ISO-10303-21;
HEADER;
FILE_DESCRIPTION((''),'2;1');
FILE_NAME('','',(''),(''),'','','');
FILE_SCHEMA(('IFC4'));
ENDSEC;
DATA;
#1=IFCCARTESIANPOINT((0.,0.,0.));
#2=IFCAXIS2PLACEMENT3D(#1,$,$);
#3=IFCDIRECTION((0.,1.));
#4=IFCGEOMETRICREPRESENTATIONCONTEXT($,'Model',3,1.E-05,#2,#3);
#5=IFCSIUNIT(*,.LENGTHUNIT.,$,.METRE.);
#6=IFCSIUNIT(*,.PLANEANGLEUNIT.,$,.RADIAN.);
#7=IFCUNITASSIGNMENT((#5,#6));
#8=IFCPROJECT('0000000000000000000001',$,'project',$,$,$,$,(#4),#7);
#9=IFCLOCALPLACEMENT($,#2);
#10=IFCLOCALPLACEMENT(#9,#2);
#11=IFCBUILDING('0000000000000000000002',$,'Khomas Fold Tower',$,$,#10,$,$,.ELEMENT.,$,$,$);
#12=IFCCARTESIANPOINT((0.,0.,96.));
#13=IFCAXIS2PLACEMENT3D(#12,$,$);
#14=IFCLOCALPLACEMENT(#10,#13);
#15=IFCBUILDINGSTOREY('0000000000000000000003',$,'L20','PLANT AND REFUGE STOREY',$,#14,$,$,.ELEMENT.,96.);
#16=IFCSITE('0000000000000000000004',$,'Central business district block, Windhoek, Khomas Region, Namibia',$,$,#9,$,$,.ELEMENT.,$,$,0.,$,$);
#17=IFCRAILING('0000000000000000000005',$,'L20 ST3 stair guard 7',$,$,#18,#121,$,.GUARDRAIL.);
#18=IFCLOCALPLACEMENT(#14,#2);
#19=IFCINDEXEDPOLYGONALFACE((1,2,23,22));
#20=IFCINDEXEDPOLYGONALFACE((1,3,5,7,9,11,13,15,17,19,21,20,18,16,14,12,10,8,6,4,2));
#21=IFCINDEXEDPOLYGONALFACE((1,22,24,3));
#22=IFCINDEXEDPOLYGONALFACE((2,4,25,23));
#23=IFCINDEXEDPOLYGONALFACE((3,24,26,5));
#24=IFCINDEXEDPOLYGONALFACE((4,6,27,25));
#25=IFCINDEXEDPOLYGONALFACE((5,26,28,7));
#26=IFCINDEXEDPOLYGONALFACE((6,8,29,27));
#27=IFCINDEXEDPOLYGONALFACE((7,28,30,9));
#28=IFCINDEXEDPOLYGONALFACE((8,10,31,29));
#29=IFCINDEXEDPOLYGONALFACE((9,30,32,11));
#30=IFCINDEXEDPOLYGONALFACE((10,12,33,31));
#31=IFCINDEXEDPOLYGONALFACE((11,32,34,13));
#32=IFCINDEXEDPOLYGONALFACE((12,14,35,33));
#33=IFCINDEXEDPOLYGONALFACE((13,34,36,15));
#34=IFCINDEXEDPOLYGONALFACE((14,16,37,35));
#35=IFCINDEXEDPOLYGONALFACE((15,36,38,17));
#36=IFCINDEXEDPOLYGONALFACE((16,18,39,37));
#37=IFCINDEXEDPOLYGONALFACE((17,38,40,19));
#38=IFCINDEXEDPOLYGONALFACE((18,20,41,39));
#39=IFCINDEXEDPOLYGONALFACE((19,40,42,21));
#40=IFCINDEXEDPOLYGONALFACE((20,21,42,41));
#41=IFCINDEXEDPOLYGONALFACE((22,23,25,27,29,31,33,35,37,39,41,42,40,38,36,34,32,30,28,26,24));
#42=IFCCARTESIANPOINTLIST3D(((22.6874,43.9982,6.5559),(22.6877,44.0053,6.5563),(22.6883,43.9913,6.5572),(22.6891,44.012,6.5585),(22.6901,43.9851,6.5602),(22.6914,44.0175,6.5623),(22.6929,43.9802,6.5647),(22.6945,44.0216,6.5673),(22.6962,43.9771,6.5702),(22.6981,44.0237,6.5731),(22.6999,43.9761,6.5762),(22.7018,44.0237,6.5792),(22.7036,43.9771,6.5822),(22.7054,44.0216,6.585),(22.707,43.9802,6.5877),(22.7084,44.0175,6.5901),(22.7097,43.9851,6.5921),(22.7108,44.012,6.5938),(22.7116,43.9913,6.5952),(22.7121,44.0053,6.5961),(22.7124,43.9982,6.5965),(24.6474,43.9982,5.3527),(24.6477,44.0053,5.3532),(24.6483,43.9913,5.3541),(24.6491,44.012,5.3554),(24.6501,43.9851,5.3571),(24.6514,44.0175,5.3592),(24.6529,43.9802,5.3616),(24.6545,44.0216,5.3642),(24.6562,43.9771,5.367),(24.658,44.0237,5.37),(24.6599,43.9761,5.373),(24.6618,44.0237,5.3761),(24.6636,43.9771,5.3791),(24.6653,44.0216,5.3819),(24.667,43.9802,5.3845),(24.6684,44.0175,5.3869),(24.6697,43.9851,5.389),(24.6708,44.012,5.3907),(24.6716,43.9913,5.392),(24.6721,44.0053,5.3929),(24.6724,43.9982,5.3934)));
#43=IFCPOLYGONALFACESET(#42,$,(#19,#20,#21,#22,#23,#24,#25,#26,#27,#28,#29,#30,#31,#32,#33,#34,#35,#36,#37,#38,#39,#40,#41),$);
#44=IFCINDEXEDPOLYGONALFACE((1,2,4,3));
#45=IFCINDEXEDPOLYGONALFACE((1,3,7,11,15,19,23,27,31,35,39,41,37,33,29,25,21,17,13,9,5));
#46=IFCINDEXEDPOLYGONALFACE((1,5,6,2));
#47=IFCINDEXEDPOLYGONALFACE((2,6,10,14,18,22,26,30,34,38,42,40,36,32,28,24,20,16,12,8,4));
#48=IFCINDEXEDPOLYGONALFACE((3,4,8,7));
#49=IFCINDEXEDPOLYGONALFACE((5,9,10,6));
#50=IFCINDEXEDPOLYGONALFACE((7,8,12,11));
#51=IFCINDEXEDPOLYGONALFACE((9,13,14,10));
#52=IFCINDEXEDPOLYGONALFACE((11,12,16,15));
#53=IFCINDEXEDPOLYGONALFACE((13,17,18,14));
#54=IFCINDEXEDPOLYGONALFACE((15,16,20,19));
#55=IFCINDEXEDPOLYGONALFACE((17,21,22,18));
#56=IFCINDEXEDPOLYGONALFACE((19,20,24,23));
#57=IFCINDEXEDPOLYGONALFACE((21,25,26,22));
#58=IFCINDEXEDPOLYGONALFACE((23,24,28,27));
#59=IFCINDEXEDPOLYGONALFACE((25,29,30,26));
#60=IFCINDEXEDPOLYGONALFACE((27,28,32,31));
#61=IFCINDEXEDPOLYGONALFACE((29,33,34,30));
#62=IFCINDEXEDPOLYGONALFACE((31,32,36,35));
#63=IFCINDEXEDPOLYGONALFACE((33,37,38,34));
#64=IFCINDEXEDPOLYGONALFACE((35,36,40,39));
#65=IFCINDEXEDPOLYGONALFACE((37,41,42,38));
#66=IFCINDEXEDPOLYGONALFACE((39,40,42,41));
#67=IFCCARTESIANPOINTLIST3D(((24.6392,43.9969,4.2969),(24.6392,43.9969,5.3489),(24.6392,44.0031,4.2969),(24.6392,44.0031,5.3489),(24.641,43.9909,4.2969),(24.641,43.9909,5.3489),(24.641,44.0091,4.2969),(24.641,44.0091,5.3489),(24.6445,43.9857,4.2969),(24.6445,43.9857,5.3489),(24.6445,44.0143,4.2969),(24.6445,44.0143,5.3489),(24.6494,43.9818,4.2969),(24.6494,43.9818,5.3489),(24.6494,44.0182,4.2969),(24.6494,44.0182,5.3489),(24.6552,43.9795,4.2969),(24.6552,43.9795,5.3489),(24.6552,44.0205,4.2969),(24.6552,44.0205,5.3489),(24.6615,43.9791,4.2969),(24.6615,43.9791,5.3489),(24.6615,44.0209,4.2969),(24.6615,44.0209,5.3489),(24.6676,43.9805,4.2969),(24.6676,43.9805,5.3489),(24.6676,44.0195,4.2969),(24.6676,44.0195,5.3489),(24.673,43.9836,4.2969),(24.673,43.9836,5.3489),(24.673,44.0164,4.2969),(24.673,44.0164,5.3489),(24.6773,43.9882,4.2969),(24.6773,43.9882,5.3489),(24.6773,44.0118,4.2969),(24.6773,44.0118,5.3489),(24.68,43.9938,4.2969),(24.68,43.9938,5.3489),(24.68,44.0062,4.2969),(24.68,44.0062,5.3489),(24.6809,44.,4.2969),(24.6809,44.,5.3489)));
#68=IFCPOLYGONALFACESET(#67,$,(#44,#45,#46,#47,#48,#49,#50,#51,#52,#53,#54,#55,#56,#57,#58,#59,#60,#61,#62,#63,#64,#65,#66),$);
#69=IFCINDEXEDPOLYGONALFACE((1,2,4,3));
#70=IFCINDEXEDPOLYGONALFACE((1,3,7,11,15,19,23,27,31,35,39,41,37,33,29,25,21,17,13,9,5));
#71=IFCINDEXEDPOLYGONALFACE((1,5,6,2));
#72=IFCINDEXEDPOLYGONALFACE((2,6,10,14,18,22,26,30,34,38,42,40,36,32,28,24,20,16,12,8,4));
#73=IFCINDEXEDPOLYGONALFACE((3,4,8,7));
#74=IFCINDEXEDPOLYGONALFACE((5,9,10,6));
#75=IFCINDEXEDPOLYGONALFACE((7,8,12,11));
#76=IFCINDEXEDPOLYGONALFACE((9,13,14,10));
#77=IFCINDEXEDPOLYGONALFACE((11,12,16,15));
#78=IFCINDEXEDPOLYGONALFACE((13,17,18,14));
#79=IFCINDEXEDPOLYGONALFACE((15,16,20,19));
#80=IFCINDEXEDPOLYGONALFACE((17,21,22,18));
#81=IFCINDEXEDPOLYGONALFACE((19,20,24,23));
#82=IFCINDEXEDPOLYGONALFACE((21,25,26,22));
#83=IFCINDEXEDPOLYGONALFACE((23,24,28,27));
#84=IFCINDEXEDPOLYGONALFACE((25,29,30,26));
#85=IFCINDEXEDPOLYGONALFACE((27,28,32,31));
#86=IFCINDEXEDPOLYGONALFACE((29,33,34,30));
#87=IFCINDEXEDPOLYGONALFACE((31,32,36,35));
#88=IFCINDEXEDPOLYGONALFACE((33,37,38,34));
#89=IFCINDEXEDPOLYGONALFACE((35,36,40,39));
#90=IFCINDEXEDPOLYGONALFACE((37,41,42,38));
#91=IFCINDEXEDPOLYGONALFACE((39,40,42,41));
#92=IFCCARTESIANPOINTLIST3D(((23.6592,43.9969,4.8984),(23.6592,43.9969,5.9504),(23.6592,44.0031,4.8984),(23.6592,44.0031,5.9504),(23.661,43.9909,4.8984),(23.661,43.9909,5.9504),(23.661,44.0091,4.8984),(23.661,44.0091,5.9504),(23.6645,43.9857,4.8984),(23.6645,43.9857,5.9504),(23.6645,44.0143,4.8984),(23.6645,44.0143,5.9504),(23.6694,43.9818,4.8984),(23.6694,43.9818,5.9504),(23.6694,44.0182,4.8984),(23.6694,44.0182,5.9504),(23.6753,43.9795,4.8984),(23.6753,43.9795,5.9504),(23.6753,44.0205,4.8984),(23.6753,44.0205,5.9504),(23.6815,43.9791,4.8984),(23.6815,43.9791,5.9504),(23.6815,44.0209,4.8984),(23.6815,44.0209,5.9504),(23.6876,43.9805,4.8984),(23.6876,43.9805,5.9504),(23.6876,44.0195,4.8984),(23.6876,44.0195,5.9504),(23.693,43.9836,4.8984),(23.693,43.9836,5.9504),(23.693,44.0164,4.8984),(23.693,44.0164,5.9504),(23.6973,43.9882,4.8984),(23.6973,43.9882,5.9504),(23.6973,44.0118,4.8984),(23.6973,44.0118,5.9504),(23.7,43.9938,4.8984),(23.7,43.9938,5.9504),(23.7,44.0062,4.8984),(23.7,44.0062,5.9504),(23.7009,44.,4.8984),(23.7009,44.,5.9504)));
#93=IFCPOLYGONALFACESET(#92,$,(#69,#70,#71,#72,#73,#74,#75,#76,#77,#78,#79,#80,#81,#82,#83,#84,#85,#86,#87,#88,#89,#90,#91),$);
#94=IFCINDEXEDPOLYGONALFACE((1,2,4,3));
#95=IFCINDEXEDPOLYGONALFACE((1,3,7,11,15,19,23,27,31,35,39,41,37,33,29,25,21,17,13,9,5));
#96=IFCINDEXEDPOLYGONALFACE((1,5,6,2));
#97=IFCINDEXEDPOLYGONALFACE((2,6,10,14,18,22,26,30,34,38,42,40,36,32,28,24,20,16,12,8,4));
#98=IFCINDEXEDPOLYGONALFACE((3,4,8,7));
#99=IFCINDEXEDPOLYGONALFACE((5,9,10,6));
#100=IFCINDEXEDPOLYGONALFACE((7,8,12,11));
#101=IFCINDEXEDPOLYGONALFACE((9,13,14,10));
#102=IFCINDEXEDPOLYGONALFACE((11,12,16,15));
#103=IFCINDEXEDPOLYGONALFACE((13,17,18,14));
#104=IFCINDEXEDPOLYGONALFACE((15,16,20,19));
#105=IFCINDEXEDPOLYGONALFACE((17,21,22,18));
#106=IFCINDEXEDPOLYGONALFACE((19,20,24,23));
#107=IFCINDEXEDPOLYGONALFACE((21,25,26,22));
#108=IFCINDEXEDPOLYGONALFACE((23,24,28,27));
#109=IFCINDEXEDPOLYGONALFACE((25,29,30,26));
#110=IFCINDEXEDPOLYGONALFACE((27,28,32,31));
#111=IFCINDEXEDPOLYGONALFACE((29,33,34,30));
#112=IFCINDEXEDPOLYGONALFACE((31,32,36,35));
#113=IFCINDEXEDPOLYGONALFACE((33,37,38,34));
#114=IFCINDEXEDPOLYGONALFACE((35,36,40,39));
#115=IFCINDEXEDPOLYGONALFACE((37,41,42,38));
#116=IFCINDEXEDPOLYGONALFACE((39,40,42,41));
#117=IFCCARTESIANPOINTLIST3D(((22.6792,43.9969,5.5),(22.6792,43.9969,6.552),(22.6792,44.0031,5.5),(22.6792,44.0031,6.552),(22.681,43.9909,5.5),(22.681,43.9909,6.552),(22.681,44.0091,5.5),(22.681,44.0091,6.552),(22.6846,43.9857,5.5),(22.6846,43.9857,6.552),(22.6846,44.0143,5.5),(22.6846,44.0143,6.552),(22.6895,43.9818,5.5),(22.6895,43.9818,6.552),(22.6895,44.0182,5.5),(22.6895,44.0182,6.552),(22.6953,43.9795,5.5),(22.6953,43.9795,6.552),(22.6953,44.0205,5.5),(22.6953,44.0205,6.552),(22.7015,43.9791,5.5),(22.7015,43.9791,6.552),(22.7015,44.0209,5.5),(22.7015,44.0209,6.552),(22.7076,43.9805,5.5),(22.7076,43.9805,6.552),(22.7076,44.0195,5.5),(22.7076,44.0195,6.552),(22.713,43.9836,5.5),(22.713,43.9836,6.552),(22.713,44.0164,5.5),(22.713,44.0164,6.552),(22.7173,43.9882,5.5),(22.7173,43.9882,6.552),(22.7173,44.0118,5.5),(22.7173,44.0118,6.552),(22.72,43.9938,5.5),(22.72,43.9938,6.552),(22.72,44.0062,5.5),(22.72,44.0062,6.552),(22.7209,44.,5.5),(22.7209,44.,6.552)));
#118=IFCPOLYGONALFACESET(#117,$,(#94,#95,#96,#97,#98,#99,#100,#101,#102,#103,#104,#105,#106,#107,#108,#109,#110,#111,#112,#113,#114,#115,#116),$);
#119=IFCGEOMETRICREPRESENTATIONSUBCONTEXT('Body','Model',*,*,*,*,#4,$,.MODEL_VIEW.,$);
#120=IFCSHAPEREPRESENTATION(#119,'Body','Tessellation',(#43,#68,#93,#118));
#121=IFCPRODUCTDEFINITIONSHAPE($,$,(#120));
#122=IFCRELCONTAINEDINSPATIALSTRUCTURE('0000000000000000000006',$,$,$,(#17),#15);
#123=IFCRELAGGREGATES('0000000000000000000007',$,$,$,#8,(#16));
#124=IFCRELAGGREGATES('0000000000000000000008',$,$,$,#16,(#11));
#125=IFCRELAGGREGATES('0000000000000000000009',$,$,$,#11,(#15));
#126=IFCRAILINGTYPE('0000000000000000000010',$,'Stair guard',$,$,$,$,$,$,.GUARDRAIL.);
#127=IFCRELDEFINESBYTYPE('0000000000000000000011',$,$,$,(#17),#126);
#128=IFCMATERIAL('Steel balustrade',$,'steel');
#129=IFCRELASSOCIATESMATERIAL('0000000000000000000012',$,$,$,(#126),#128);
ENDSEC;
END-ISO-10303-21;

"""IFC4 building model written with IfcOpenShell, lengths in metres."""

from ifc_helpers import new_model, si_unit, direction, frame, origin, origin_2d, place, context, subcontext, project, spatial, circle, extrude, source, transform, mapped, material, type_object, element, save


model = new_model("IFC4")

# Units and contexts
model_context = context("Model", 3, precision=1e-05, world=origin(), true_north=direction((0.0, 1.0)))
body_context = subcontext(model_context, "Body", "Model", "MODEL_VIEW")
ifc_project = project(units=[si_unit("LENGTHUNIT", "METRE"), si_unit("PLANEANGLEUNIT", "RADIAN")], contexts=[model_context])

# Site, building, storey
site_placement = place(None, origin())
site = spatial("IfcSite", under=ifc_project, at=site_placement, Name="Central business district block, Windhoek, Khomas Region, Namibia", CompositionType="ELEMENT", RefElevation=0.0)
building_placement = place(site_placement, origin())
building = spatial("IfcBuilding", under=site, at=building_placement, Name="Khomas Fold Tower", CompositionType="ELEMENT")
storey_placement = place(building_placement, frame((0.0, 0.0, 96.0)))
storey = spatial("IfcBuildingStorey", under=building, at=storey_placement, Name="L20", Description="PLANT AND REFUGE STOREY", CompositionType="ELEMENT", Elevation=96.0)

# Railing
ifc_material_1 = material(Name="Steel balustrade", Category="steel")
railing_type_1 = type_object("IfcRailingType", Name="Stair guard", PredefinedType="GUARDRAIL", material=ifc_material_1)
shared_shape_1 = source(origin(), body_context, "Body", "SweptSolid", [
    extrude(circle(Radius=0.0239, at=origin_2d()), frame((0.0, 0.0, 1.0762), z_axis=(-0.852241, 0.0, 0.523149), x_axis=(0.0, -1.0, 0.0)), (0.0, 0.0, 1.0), 2.2998),
    extrude(circle(Radius=0.021, at=origin_2d()), origin(), (0.0, 0.0, 1.0), 1.052),
    extrude(circle(Radius=0.021, at=origin_2d()), frame((-0.98, 0.0, 0.6016)), (0.0, 0.0, 1.0), 1.052),
    extrude(circle(Radius=0.021, at=origin_2d()), frame((-1.96, 0.0, 1.2031)), (0.0, 0.0, 1.0), 1.052),
])
for number, where, name in (
    (1, (24.6599, 44.0, 4.2969), "L20 ST3 stair guard 7"),
):
    element("IfcRailing", number, at=place(storey_placement, frame(where)), inside=storey, type_object=railing_type_1, Name=name, PredefinedType="GUARDRAIL", context=body_context, shape_type="MappedRepresentation", body=[
        mapped(shared_shape_1, transform((0.0, 0.0, 0.0))),
    ])

save(model, "model.ifc")
